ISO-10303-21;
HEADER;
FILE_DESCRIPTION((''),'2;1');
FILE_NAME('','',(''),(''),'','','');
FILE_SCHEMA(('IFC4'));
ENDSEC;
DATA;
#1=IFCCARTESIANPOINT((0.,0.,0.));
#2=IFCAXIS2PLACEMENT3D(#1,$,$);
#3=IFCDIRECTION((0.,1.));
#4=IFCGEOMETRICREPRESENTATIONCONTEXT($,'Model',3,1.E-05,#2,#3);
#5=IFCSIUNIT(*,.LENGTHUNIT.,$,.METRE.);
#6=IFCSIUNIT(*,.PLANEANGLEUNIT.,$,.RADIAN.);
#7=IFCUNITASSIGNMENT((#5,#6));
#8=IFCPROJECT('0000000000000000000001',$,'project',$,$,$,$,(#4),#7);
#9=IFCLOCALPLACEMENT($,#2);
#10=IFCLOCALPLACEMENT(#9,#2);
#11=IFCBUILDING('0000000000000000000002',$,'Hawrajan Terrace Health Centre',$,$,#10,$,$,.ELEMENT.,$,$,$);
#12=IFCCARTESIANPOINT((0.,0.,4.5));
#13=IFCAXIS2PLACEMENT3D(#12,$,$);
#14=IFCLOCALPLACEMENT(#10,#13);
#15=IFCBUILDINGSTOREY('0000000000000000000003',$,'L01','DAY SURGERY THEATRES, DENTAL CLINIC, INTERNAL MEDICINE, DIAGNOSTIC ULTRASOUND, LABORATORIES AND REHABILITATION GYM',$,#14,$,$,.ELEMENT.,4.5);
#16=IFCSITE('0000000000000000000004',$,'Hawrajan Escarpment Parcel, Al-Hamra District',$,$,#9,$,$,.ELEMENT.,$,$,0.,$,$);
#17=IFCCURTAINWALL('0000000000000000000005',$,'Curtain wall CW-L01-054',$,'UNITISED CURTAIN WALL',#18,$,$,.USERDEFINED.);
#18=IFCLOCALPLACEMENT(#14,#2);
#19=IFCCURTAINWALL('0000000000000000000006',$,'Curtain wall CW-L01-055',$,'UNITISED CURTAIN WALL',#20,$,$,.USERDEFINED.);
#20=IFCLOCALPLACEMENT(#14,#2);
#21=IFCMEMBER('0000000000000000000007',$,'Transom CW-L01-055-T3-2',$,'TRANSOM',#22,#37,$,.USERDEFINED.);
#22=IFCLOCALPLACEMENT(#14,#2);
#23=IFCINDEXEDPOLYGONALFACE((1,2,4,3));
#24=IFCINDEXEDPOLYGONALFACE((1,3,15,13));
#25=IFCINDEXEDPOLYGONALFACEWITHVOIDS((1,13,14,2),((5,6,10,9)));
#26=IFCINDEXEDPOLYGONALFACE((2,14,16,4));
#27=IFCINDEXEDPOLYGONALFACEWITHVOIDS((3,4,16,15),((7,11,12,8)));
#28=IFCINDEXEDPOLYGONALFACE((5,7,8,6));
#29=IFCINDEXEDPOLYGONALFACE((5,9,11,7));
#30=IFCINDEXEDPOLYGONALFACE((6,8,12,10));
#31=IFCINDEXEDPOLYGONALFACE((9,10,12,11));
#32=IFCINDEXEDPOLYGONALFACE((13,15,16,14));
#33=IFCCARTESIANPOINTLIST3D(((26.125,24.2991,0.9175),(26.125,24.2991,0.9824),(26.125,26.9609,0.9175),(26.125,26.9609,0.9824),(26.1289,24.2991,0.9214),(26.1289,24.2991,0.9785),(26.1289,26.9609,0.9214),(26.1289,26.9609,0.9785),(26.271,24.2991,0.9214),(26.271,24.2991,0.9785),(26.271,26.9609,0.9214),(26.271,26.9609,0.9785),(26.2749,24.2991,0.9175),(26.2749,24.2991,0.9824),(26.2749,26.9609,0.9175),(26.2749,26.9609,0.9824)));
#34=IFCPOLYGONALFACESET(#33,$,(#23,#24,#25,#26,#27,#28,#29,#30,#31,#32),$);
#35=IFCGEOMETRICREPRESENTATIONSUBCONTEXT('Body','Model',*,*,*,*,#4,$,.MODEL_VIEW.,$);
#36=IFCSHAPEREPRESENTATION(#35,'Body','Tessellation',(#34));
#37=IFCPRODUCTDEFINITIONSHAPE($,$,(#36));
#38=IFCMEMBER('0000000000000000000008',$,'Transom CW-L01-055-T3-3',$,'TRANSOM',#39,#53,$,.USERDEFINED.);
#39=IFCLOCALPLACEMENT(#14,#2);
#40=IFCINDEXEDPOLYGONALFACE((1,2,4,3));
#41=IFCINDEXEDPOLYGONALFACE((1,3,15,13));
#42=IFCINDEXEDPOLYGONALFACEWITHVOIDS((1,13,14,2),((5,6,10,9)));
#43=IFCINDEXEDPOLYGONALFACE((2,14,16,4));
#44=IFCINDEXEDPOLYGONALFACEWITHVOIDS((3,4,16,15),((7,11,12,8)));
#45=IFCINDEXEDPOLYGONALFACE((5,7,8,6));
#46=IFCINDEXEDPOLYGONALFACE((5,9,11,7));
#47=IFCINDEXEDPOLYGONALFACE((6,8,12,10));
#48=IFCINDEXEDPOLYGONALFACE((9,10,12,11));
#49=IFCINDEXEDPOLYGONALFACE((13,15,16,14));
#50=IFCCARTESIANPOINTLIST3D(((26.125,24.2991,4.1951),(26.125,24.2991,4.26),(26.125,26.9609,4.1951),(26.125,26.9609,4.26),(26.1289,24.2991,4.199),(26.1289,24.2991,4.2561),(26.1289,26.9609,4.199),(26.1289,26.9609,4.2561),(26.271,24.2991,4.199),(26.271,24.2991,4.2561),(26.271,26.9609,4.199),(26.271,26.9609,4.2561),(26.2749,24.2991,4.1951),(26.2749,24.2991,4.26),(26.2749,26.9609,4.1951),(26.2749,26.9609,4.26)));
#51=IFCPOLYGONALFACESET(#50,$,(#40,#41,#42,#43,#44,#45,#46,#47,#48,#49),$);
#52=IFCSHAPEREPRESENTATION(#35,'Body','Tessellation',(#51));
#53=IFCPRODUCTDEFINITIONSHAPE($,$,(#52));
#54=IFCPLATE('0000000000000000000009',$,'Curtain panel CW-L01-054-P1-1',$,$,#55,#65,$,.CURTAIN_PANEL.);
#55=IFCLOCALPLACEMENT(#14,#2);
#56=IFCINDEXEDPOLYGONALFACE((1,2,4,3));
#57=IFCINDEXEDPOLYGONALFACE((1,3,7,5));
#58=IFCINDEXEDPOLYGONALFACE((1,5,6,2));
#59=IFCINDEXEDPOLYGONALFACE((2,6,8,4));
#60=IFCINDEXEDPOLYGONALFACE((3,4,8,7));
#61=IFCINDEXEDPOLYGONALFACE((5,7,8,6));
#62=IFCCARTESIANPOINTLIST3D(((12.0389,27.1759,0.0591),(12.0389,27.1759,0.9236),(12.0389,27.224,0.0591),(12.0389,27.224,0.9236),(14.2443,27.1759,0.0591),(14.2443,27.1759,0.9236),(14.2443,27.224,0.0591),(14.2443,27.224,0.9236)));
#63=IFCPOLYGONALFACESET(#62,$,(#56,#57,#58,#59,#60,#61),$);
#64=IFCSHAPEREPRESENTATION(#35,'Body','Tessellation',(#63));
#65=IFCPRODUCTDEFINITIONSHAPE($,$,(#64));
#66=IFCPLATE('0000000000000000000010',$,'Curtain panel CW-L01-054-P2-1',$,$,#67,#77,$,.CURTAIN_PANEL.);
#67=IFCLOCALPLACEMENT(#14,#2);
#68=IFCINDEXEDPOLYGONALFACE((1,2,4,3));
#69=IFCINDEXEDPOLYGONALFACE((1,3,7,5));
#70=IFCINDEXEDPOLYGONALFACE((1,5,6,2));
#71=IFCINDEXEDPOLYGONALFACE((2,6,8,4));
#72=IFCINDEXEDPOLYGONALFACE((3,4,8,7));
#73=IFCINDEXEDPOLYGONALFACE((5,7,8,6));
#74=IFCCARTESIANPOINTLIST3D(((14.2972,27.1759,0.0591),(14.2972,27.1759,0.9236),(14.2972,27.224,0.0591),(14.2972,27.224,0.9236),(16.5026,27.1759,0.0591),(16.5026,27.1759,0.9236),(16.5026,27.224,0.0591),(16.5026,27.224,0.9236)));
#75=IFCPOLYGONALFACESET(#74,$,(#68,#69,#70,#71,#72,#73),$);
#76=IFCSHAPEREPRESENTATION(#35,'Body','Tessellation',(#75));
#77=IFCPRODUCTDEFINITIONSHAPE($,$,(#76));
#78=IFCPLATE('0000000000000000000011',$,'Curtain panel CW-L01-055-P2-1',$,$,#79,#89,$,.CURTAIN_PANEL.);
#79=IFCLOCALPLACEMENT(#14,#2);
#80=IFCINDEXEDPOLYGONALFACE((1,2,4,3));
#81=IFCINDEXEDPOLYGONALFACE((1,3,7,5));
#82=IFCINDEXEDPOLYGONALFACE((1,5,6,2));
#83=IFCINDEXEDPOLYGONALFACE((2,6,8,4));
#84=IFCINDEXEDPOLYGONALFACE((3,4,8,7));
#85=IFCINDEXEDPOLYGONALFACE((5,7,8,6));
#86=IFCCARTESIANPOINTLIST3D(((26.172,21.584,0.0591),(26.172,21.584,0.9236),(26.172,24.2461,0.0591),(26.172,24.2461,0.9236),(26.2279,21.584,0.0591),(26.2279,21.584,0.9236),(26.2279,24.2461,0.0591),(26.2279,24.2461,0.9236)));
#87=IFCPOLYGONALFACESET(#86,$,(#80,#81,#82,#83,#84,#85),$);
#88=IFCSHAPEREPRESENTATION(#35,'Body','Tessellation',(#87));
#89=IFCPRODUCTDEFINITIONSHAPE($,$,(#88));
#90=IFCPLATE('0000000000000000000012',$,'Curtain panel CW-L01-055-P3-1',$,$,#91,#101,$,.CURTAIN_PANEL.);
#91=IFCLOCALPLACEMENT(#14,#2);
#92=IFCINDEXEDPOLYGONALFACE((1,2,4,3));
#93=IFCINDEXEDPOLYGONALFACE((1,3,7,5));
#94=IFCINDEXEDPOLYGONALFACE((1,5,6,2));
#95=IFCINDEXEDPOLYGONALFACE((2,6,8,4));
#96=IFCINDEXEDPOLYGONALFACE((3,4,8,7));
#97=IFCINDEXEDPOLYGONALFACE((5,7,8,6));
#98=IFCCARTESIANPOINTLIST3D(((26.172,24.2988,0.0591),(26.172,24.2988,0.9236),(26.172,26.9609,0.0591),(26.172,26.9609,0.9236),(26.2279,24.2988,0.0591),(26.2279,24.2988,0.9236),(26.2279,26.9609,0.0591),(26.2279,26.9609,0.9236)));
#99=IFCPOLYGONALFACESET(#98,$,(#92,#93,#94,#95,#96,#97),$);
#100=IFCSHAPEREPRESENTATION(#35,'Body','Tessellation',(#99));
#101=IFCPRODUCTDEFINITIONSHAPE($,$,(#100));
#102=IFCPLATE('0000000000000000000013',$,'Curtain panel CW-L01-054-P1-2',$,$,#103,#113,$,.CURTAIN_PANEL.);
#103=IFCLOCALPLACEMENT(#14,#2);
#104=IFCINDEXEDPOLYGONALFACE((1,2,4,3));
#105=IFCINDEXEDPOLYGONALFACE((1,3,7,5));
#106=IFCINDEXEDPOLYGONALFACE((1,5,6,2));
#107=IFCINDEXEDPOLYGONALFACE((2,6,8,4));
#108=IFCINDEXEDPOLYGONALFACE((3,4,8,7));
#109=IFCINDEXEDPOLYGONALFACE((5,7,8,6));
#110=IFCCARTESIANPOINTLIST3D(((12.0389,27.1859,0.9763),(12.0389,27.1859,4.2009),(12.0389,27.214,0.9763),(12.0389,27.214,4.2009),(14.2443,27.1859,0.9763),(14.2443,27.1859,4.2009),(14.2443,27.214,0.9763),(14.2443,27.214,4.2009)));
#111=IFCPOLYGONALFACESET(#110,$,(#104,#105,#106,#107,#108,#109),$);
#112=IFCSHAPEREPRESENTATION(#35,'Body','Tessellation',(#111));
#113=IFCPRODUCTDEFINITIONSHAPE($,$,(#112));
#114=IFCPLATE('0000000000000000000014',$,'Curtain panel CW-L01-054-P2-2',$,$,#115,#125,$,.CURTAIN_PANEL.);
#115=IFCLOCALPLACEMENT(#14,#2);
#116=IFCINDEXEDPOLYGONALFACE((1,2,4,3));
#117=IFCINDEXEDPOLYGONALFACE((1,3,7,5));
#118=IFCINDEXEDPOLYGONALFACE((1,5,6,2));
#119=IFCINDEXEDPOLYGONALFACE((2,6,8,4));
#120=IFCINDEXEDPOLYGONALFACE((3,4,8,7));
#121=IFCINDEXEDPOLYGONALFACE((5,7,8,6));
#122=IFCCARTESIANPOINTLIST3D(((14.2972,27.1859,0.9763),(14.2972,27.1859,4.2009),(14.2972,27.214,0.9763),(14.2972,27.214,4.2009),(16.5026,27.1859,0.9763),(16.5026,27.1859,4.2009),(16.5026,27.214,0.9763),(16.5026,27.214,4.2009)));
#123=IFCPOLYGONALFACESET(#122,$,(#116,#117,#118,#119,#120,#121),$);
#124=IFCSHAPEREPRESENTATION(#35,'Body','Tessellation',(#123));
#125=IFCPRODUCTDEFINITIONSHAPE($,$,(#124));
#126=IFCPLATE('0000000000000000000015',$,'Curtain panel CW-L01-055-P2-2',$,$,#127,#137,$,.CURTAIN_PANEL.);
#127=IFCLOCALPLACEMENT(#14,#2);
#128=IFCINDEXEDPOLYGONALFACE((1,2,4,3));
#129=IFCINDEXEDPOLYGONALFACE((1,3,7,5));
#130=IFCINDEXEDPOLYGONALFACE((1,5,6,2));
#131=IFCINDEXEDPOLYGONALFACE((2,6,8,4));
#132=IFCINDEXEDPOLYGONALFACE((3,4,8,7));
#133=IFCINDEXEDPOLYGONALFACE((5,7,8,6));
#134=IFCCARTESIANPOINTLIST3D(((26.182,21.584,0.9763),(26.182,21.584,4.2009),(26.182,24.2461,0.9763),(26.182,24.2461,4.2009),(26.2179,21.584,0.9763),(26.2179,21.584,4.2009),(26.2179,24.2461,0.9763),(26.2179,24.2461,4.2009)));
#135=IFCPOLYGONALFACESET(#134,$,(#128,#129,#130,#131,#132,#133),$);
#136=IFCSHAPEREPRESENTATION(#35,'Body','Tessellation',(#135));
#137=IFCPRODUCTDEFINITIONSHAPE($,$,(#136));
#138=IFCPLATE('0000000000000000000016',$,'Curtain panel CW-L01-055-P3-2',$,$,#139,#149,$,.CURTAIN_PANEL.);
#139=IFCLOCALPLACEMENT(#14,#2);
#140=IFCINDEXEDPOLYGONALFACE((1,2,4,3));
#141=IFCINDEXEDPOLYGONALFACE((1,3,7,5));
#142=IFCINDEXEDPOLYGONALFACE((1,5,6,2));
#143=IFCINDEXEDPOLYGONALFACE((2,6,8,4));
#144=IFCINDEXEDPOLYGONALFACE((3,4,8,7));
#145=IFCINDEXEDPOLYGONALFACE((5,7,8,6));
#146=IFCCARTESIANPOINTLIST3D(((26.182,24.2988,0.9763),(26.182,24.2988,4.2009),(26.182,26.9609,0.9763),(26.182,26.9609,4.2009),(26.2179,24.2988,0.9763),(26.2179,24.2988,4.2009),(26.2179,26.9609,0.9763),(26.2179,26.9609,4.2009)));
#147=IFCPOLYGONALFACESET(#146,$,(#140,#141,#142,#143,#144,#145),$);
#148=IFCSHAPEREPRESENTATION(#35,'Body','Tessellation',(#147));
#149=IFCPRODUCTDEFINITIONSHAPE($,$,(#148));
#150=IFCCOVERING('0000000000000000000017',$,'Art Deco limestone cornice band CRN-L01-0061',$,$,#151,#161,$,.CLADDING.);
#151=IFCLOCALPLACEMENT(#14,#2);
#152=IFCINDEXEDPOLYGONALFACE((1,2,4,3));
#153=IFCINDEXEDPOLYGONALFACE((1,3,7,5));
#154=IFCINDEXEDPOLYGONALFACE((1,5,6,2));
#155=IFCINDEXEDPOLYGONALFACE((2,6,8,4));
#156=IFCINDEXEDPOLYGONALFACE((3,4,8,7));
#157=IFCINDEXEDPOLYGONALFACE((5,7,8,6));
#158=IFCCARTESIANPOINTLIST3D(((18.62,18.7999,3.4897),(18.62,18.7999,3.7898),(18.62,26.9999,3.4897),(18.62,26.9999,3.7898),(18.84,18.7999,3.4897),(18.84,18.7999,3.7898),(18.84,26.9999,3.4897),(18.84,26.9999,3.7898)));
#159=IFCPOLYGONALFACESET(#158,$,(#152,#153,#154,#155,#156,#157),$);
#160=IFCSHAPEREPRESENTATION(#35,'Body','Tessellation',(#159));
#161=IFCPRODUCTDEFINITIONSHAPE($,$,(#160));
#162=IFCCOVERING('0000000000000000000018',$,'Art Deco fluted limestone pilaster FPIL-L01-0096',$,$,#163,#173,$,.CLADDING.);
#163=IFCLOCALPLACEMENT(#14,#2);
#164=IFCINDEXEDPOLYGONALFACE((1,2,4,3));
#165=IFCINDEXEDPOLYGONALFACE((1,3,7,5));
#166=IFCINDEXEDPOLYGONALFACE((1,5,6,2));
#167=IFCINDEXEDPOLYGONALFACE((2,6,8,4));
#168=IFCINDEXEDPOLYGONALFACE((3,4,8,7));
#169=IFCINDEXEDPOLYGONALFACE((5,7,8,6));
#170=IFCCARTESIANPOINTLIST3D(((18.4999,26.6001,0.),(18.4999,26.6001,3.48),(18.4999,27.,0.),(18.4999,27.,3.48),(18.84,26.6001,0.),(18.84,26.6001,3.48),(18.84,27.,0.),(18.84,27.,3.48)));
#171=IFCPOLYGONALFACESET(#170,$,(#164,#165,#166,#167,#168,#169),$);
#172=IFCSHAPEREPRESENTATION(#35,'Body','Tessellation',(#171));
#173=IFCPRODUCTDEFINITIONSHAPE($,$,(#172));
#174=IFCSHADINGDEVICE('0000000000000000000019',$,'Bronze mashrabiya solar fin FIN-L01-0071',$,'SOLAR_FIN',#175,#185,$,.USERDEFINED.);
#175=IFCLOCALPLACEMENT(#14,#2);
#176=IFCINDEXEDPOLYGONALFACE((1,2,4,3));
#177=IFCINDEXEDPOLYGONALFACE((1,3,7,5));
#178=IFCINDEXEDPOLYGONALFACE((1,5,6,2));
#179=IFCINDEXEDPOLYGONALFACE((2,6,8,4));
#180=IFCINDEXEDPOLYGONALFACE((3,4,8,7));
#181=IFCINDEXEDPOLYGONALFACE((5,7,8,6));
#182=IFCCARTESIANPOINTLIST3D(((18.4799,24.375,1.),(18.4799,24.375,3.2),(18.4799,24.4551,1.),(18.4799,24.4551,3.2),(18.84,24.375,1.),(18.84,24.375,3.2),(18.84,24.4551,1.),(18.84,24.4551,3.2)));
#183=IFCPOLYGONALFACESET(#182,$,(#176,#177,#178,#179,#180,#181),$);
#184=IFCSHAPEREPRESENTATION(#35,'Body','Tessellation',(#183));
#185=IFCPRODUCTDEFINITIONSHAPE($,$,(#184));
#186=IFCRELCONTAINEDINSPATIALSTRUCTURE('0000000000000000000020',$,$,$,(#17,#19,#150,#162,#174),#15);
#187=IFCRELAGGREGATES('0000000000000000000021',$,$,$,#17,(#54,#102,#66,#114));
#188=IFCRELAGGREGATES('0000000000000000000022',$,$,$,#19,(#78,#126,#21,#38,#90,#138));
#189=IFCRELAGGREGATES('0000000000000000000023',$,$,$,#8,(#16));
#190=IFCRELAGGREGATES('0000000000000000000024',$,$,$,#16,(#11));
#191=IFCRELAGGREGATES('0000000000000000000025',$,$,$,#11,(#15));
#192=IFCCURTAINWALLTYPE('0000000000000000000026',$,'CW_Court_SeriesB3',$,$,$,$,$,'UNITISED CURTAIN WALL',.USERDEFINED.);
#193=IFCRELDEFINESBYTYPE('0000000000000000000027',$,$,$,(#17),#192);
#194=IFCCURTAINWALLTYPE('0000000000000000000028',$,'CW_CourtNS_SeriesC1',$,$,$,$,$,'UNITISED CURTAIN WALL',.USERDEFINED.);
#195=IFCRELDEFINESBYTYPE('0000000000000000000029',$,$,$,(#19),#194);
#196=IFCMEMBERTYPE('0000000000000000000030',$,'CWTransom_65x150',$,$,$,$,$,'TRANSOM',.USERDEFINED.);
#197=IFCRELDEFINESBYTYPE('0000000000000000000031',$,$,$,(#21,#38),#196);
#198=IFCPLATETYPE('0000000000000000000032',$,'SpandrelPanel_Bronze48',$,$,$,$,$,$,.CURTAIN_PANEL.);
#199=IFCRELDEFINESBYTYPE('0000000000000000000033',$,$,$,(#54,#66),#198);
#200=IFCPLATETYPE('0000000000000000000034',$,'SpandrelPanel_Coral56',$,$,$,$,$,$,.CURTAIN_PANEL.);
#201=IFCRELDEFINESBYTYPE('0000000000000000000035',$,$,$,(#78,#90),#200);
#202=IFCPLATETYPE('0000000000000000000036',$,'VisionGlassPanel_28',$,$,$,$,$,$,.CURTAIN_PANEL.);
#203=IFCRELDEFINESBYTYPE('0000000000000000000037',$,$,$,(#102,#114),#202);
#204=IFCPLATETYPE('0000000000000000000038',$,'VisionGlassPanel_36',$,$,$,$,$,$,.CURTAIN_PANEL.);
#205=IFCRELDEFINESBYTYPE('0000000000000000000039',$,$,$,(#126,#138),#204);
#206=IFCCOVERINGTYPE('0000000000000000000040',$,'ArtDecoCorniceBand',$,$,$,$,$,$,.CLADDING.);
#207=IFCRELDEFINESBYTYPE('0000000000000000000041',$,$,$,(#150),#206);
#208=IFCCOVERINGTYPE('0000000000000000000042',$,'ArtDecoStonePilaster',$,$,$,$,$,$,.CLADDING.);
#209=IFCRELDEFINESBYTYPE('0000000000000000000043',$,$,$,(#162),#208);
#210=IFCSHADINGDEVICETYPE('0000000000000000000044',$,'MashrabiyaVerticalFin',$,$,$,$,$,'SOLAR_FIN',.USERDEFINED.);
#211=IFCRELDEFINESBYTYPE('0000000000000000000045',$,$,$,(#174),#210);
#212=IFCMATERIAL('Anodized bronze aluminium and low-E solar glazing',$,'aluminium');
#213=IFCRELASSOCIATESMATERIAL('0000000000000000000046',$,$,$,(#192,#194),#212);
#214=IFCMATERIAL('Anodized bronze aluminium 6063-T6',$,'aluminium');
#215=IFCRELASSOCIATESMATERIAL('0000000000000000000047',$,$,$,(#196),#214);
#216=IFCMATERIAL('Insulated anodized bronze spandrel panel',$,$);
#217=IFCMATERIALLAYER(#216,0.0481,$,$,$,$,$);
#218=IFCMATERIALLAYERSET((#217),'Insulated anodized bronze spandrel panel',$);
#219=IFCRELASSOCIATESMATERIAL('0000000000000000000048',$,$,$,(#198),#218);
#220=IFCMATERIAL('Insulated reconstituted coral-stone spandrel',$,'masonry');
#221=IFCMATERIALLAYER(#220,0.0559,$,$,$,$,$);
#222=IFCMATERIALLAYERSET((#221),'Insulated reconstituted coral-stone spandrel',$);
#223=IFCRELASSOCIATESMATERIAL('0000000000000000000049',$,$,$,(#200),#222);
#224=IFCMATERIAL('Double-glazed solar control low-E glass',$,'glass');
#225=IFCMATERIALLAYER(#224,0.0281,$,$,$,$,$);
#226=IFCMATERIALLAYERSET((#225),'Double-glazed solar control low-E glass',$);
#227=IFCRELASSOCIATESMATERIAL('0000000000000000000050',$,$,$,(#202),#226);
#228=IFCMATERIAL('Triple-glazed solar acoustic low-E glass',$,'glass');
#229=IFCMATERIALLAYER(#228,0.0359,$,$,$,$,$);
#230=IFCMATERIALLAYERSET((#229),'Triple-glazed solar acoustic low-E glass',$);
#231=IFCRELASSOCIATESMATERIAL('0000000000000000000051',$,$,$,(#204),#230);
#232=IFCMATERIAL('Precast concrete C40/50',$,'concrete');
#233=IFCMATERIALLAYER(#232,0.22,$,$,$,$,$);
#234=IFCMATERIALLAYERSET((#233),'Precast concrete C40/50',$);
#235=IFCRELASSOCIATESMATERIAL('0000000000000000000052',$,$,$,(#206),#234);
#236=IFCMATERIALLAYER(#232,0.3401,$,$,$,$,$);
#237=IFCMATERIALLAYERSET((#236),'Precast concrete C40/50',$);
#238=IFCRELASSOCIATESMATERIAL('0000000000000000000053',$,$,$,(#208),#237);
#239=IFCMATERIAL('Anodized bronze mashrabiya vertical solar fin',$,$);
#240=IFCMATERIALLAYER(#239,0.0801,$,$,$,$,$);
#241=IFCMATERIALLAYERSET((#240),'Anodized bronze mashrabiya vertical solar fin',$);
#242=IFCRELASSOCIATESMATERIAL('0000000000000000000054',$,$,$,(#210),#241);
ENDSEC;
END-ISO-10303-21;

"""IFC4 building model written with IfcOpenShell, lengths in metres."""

from ifc_helpers import new_model, si_unit, direction, frame, origin, origin_2d, place, context, subcontext, project, spatial, rectangle, hollow_rectangle, extrude, material, layer, layer_set, material_profile, profile_set, type_object, element, aggregate, save


model = new_model("IFC4")

# Units and contexts
model_context = context("Model", 3, precision=1e-05, world=origin(), true_north=direction((0.0, 1.0)))
body_context = subcontext(model_context, "Body", "Model", "MODEL_VIEW")
ifc_project = project(units=[si_unit("LENGTHUNIT", "METRE"), si_unit("PLANEANGLEUNIT", "RADIAN")], contexts=[model_context])

# Site, building, storey
site_placement = place(None, origin())
site = spatial("IfcSite", under=ifc_project, at=site_placement, Name="Hawrajan Escarpment Parcel, Al-Hamra District", CompositionType="ELEMENT", RefElevation=0.0)
building_placement = place(site_placement, origin())
building = spatial("IfcBuilding", under=site, at=building_placement, Name="Hawrajan Terrace Health Centre", CompositionType="ELEMENT")
storey_placement = place(building_placement, frame((0.0, 0.0, 4.5)))
storey = spatial("IfcBuildingStorey", under=building, at=storey_placement, Name="L01", Description="DAY SURGERY THEATRES, DENTAL CLINIC, INTERNAL MEDICINE, DIAGNOSTIC ULTRASOUND, LABORATORIES AND REHABILITATION GYM", CompositionType="ELEMENT", Elevation=4.5)

# Curtain walls
ifc_material_1 = material(Name="Anodized bronze aluminium and low-E solar glazing", Category="aluminium")
curtain_wall_type_1 = type_object("IfcCurtainWallType", Name="CW_Court_SeriesB3", ElementType="UNITISED CURTAIN WALL", PredefinedType="USERDEFINED", material=ifc_material_1)
curtain_wall_1_placement = place(storey_placement, origin())
curtain_wall_1 = element("IfcCurtainWall", 1, at=curtain_wall_1_placement, inside=storey, type_object=curtain_wall_type_1, Name="Curtain wall CW-L01-054", ObjectType="UNITISED CURTAIN WALL", PredefinedType="USERDEFINED")
ifc_material_2 = material(Name="Anodized bronze aluminium 6063-T6", Category="aluminium")
curtain_wall_type_2 = type_object("IfcCurtainWallType", Name="CW_CourtNS_SeriesC1", ElementType="UNITISED CURTAIN WALL", PredefinedType="USERDEFINED", material=ifc_material_1)
curtain_wall_2_placement = place(storey_placement, origin())
curtain_wall_2 = element("IfcCurtainWall", 2, at=curtain_wall_2_placement, inside=storey, type_object=curtain_wall_type_2, Name="Curtain wall CW-L01-055", ObjectType="UNITISED CURTAIN WALL", PredefinedType="USERDEFINED")

# Members
ifc_material_profile_1 = material_profile(ifc_material_2, hollow_rectangle(XDim=0.0649, YDim=0.1499, WallThickness=0.0039, at=origin_2d()), Name="CW TRN 65x150")
ifc_profile_set_1 = profile_set([ifc_material_profile_1], Name="Anodized bronze aluminium 6063-T6")
member_type_1 = type_object("IfcMemberType", Name="CWTransom_65x150", ElementType="TRANSOM", PredefinedType="USERDEFINED", material=ifc_profile_set_1)
member_1_placement = place(storey_placement, frame((26.2, 24.2991, 0.95), z_axis=(0.0, 1.0, 0.0), x_axis=(0.0, 0.0, 1.0)))
member_1 = element("IfcMember", 3, at=member_1_placement, type_object=member_type_1, Name="Transom CW-L01-055-T3-2", ObjectType="TRANSOM", PredefinedType="USERDEFINED", context=body_context, shape_type="SweptSolid", body=[
    extrude(hollow_rectangle(XDim=0.0649, YDim=0.1499, WallThickness=0.0039, at=origin_2d()), origin(), (0.0, 0.0, 1.0), 2.6619),
])
member_2_placement = place(storey_placement, frame((26.2, 24.2991, 4.2275), z_axis=(0.0, 1.0, 0.0), x_axis=(0.0, 0.0, 1.0)))
member_2 = element("IfcMember", 4, at=member_2_placement, type_object=member_type_1, Name="Transom CW-L01-055-T3-3", ObjectType="TRANSOM", PredefinedType="USERDEFINED", context=body_context, shape_type="SweptSolid", body=[
    extrude(hollow_rectangle(XDim=0.0649, YDim=0.1499, WallThickness=0.0039, at=origin_2d()), origin(), (0.0, 0.0, 1.0), 2.6619),
])

# Plates
ifc_material_3 = material(Name="Insulated anodized bronze spandrel panel")
ifc_layer_1 = layer(ifc_material_3, 0.0481)
ifc_layer_set_1 = layer_set([ifc_layer_1], Name="Insulated anodized bronze spandrel panel")
plate_type_1 = type_object("IfcPlateType", Name="SpandrelPanel_Bronze48", PredefinedType="CURTAIN_PANEL", material=ifc_layer_set_1)
plate_1_placement = place(storey_placement, frame((13.1416, 27.2, 0.0591), z_axis=(0.0, 0.0, 1.0), x_axis=(1.0, 0.0, 0.0)))
plate_1 = element("IfcPlate", 5, at=plate_1_placement, type_object=plate_type_1, Name="Curtain panel CW-L01-054-P1-1", PredefinedType="CURTAIN_PANEL", context=body_context, shape_type="SweptSolid", body=[
    extrude(rectangle(XDim=2.2053, YDim=0.0481, at=origin_2d()), origin(), (0.0, 0.0, 1.0), 0.8645),
])
plate_2_placement = place(storey_placement, frame((15.3999, 27.2, 0.0591), z_axis=(0.0, 0.0, 1.0), x_axis=(1.0, 0.0, 0.0)))
plate_2 = element("IfcPlate", 6, at=plate_2_placement, type_object=plate_type_1, Name="Curtain panel CW-L01-054-P2-1", PredefinedType="CURTAIN_PANEL", context=body_context, shape_type="SweptSolid", body=[
    extrude(rectangle(XDim=2.2053, YDim=0.0481, at=origin_2d()), origin(), (0.0, 0.0, 1.0), 0.8645),
])
ifc_material_4 = material(Name="Insulated reconstituted coral-stone spandrel", Category="masonry")
ifc_layer_2 = layer(ifc_material_4, 0.0559)
ifc_layer_set_2 = layer_set([ifc_layer_2], Name="Insulated reconstituted coral-stone spandrel")
plate_type_2 = type_object("IfcPlateType", Name="SpandrelPanel_Coral56", PredefinedType="CURTAIN_PANEL", material=ifc_layer_set_2)
plate_3_placement = place(storey_placement, frame((26.2, 22.915, 0.0591), z_axis=(0.0, 0.0, 1.0), x_axis=(0.0, 1.0, 0.0)))
plate_3 = element("IfcPlate", 7, at=plate_3_placement, type_object=plate_type_2, Name="Curtain panel CW-L01-055-P2-1", PredefinedType="CURTAIN_PANEL", context=body_context, shape_type="SweptSolid", body=[
    extrude(rectangle(XDim=2.6621, YDim=0.0559, at=origin_2d()), origin(), (0.0, 0.0, 1.0), 0.8645),
])
plate_4_placement = place(storey_placement, frame((26.2, 25.6299, 0.0591), z_axis=(0.0, 0.0, 1.0), x_axis=(0.0, 1.0, 0.0)))
plate_4 = element("IfcPlate", 8, at=plate_4_placement, type_object=plate_type_2, Name="Curtain panel CW-L01-055-P3-1", PredefinedType="CURTAIN_PANEL", context=body_context, shape_type="SweptSolid", body=[
    extrude(rectangle(XDim=2.6621, YDim=0.0559, at=origin_2d()), origin(), (0.0, 0.0, 1.0), 0.8645),
])
ifc_material_5 = material(Name="Double-glazed solar control low-E glass", Category="glass")
ifc_layer_3 = layer(ifc_material_5, 0.0281)
ifc_layer_set_3 = layer_set([ifc_layer_3], Name="Double-glazed solar control low-E glass")
plate_type_3 = type_object("IfcPlateType", Name="VisionGlassPanel_28", PredefinedType="CURTAIN_PANEL", material=ifc_layer_set_3)
plate_5_placement = place(storey_placement, frame((13.1416, 27.2, 0.9763), z_axis=(0.0, 0.0, 1.0), x_axis=(1.0, 0.0, 0.0)))
plate_5 = element("IfcPlate", 9, at=plate_5_placement, type_object=plate_type_3, Name="Curtain panel CW-L01-054-P1-2", PredefinedType="CURTAIN_PANEL", context=body_context, shape_type="SweptSolid", body=[
    extrude(rectangle(XDim=2.2053, YDim=0.0281, at=origin_2d()), origin(), (0.0, 0.0, 1.0), 3.2246),
])
plate_6_placement = place(storey_placement, frame((15.3999, 27.2, 0.9763), z_axis=(0.0, 0.0, 1.0), x_axis=(1.0, 0.0, 0.0)))
plate_6 = element("IfcPlate", 10, at=plate_6_placement, type_object=plate_type_3, Name="Curtain panel CW-L01-054-P2-2", PredefinedType="CURTAIN_PANEL", context=body_context, shape_type="SweptSolid", body=[
    extrude(rectangle(XDim=2.2053, YDim=0.0281, at=origin_2d()), origin(), (0.0, 0.0, 1.0), 3.2246),
])
aggregate(curtain_wall_1, [plate_1, plate_5, plate_2, plate_6])
ifc_material_6 = material(Name="Triple-glazed solar acoustic low-E glass", Category="glass")
ifc_layer_4 = layer(ifc_material_6, 0.0359)
ifc_layer_set_4 = layer_set([ifc_layer_4], Name="Triple-glazed solar acoustic low-E glass")
plate_type_4 = type_object("IfcPlateType", Name="VisionGlassPanel_36", PredefinedType="CURTAIN_PANEL", material=ifc_layer_set_4)
plate_7_placement = place(storey_placement, frame((26.2, 22.915, 0.9763), z_axis=(0.0, 0.0, 1.0), x_axis=(0.0, 1.0, 0.0)))
plate_7 = element("IfcPlate", 11, at=plate_7_placement, type_object=plate_type_4, Name="Curtain panel CW-L01-055-P2-2", PredefinedType="CURTAIN_PANEL", context=body_context, shape_type="SweptSolid", body=[
    extrude(rectangle(XDim=2.6621, YDim=0.0359, at=origin_2d()), origin(), (0.0, 0.0, 1.0), 3.2246),
])
plate_8_placement = place(storey_placement, frame((26.2, 25.6299, 0.9763), z_axis=(0.0, 0.0, 1.0), x_axis=(0.0, 1.0, 0.0)))
plate_8 = element("IfcPlate", 12, at=plate_8_placement, type_object=plate_type_4, Name="Curtain panel CW-L01-055-P3-2", PredefinedType="CURTAIN_PANEL", context=body_context, shape_type="SweptSolid", body=[
    extrude(rectangle(XDim=2.6621, YDim=0.0359, at=origin_2d()), origin(), (0.0, 0.0, 1.0), 3.2246),
])
aggregate(curtain_wall_2, [plate_3, plate_7, member_1, member_2, plate_4, plate_8])

# Coverings
ifc_material_7 = material(Name="Precast concrete C40/50", Category="concrete")
ifc_layer_5 = layer(ifc_material_7, 0.22)
ifc_layer_set_5 = layer_set([ifc_layer_5], Name="Precast concrete C40/50")
covering_type_1 = type_object("IfcCoveringType", Name="ArtDecoCorniceBand", PredefinedType="CLADDING", material=ifc_layer_set_5)
covering_1_placement = place(storey_placement, frame((18.73, 22.8999, 3.4897), z_axis=(0.0, 0.0, 1.0), x_axis=(0.0, 1.0, 0.0)))
element("IfcCovering", 13, at=covering_1_placement, inside=storey, type_object=covering_type_1, Name="Art Deco limestone cornice band CRN-L01-0061", PredefinedType="CLADDING", context=body_context, shape_type="SweptSolid", body=[
    extrude(rectangle(XDim=8.2, YDim=0.22, at=origin_2d()), origin(), (0.0, 0.0, 1.0), 0.3),
])
ifc_layer_6 = layer(ifc_material_7, 0.3401)
ifc_layer_set_6 = layer_set([ifc_layer_6], Name="Precast concrete C40/50")
covering_type_2 = type_object("IfcCoveringType", Name="ArtDecoStonePilaster", PredefinedType="CLADDING", material=ifc_layer_set_6)
covering_2_placement = place(storey_placement, frame((18.6699, 26.8, 0.0), z_axis=(0.0, 0.0, 1.0), x_axis=(0.0, 1.0, 0.0)))
element("IfcCovering", 14, at=covering_2_placement, inside=storey, type_object=covering_type_2, Name="Art Deco fluted limestone pilaster FPIL-L01-0096", PredefinedType="CLADDING", context=body_context, shape_type="SweptSolid", body=[
    extrude(rectangle(XDim=0.3999, YDim=0.3401, at=origin_2d()), origin(), (0.0, 0.0, 1.0), 3.48),
])

# Shading device
ifc_material_8 = material(Name="Anodized bronze mashrabiya vertical solar fin")
ifc_layer_7 = layer(ifc_material_8, 0.0801)
ifc_layer_set_7 = layer_set([ifc_layer_7], Name="Anodized bronze mashrabiya vertical solar fin")
shading_device_type = type_object("IfcShadingDeviceType", Name="MashrabiyaVerticalFin", ElementType="SOLAR_FIN", PredefinedType="USERDEFINED", material=ifc_layer_set_7)
for number, where, z_axis, x_axis, name in (
    (15, (18.6599, 24.415, 1.0), (0.0, 0.0, 1.0), (0.0, 1.0, 0.0), "Bronze mashrabiya solar fin FIN-L01-0071"),
):
    element("IfcShadingDevice", number, at=place(storey_placement, frame(where, z_axis=z_axis, x_axis=x_axis)), inside=storey, type_object=shading_device_type, Name=name, ObjectType="SOLAR_FIN", PredefinedType="USERDEFINED", context=body_context, shape_type="SweptSolid", body=[
        extrude(rectangle(XDim=0.0801, YDim=0.3601, at=origin_2d()), origin(), (0.0, 0.0, 1.0), 2.2),
    ])

save(model, "model.ifc")
